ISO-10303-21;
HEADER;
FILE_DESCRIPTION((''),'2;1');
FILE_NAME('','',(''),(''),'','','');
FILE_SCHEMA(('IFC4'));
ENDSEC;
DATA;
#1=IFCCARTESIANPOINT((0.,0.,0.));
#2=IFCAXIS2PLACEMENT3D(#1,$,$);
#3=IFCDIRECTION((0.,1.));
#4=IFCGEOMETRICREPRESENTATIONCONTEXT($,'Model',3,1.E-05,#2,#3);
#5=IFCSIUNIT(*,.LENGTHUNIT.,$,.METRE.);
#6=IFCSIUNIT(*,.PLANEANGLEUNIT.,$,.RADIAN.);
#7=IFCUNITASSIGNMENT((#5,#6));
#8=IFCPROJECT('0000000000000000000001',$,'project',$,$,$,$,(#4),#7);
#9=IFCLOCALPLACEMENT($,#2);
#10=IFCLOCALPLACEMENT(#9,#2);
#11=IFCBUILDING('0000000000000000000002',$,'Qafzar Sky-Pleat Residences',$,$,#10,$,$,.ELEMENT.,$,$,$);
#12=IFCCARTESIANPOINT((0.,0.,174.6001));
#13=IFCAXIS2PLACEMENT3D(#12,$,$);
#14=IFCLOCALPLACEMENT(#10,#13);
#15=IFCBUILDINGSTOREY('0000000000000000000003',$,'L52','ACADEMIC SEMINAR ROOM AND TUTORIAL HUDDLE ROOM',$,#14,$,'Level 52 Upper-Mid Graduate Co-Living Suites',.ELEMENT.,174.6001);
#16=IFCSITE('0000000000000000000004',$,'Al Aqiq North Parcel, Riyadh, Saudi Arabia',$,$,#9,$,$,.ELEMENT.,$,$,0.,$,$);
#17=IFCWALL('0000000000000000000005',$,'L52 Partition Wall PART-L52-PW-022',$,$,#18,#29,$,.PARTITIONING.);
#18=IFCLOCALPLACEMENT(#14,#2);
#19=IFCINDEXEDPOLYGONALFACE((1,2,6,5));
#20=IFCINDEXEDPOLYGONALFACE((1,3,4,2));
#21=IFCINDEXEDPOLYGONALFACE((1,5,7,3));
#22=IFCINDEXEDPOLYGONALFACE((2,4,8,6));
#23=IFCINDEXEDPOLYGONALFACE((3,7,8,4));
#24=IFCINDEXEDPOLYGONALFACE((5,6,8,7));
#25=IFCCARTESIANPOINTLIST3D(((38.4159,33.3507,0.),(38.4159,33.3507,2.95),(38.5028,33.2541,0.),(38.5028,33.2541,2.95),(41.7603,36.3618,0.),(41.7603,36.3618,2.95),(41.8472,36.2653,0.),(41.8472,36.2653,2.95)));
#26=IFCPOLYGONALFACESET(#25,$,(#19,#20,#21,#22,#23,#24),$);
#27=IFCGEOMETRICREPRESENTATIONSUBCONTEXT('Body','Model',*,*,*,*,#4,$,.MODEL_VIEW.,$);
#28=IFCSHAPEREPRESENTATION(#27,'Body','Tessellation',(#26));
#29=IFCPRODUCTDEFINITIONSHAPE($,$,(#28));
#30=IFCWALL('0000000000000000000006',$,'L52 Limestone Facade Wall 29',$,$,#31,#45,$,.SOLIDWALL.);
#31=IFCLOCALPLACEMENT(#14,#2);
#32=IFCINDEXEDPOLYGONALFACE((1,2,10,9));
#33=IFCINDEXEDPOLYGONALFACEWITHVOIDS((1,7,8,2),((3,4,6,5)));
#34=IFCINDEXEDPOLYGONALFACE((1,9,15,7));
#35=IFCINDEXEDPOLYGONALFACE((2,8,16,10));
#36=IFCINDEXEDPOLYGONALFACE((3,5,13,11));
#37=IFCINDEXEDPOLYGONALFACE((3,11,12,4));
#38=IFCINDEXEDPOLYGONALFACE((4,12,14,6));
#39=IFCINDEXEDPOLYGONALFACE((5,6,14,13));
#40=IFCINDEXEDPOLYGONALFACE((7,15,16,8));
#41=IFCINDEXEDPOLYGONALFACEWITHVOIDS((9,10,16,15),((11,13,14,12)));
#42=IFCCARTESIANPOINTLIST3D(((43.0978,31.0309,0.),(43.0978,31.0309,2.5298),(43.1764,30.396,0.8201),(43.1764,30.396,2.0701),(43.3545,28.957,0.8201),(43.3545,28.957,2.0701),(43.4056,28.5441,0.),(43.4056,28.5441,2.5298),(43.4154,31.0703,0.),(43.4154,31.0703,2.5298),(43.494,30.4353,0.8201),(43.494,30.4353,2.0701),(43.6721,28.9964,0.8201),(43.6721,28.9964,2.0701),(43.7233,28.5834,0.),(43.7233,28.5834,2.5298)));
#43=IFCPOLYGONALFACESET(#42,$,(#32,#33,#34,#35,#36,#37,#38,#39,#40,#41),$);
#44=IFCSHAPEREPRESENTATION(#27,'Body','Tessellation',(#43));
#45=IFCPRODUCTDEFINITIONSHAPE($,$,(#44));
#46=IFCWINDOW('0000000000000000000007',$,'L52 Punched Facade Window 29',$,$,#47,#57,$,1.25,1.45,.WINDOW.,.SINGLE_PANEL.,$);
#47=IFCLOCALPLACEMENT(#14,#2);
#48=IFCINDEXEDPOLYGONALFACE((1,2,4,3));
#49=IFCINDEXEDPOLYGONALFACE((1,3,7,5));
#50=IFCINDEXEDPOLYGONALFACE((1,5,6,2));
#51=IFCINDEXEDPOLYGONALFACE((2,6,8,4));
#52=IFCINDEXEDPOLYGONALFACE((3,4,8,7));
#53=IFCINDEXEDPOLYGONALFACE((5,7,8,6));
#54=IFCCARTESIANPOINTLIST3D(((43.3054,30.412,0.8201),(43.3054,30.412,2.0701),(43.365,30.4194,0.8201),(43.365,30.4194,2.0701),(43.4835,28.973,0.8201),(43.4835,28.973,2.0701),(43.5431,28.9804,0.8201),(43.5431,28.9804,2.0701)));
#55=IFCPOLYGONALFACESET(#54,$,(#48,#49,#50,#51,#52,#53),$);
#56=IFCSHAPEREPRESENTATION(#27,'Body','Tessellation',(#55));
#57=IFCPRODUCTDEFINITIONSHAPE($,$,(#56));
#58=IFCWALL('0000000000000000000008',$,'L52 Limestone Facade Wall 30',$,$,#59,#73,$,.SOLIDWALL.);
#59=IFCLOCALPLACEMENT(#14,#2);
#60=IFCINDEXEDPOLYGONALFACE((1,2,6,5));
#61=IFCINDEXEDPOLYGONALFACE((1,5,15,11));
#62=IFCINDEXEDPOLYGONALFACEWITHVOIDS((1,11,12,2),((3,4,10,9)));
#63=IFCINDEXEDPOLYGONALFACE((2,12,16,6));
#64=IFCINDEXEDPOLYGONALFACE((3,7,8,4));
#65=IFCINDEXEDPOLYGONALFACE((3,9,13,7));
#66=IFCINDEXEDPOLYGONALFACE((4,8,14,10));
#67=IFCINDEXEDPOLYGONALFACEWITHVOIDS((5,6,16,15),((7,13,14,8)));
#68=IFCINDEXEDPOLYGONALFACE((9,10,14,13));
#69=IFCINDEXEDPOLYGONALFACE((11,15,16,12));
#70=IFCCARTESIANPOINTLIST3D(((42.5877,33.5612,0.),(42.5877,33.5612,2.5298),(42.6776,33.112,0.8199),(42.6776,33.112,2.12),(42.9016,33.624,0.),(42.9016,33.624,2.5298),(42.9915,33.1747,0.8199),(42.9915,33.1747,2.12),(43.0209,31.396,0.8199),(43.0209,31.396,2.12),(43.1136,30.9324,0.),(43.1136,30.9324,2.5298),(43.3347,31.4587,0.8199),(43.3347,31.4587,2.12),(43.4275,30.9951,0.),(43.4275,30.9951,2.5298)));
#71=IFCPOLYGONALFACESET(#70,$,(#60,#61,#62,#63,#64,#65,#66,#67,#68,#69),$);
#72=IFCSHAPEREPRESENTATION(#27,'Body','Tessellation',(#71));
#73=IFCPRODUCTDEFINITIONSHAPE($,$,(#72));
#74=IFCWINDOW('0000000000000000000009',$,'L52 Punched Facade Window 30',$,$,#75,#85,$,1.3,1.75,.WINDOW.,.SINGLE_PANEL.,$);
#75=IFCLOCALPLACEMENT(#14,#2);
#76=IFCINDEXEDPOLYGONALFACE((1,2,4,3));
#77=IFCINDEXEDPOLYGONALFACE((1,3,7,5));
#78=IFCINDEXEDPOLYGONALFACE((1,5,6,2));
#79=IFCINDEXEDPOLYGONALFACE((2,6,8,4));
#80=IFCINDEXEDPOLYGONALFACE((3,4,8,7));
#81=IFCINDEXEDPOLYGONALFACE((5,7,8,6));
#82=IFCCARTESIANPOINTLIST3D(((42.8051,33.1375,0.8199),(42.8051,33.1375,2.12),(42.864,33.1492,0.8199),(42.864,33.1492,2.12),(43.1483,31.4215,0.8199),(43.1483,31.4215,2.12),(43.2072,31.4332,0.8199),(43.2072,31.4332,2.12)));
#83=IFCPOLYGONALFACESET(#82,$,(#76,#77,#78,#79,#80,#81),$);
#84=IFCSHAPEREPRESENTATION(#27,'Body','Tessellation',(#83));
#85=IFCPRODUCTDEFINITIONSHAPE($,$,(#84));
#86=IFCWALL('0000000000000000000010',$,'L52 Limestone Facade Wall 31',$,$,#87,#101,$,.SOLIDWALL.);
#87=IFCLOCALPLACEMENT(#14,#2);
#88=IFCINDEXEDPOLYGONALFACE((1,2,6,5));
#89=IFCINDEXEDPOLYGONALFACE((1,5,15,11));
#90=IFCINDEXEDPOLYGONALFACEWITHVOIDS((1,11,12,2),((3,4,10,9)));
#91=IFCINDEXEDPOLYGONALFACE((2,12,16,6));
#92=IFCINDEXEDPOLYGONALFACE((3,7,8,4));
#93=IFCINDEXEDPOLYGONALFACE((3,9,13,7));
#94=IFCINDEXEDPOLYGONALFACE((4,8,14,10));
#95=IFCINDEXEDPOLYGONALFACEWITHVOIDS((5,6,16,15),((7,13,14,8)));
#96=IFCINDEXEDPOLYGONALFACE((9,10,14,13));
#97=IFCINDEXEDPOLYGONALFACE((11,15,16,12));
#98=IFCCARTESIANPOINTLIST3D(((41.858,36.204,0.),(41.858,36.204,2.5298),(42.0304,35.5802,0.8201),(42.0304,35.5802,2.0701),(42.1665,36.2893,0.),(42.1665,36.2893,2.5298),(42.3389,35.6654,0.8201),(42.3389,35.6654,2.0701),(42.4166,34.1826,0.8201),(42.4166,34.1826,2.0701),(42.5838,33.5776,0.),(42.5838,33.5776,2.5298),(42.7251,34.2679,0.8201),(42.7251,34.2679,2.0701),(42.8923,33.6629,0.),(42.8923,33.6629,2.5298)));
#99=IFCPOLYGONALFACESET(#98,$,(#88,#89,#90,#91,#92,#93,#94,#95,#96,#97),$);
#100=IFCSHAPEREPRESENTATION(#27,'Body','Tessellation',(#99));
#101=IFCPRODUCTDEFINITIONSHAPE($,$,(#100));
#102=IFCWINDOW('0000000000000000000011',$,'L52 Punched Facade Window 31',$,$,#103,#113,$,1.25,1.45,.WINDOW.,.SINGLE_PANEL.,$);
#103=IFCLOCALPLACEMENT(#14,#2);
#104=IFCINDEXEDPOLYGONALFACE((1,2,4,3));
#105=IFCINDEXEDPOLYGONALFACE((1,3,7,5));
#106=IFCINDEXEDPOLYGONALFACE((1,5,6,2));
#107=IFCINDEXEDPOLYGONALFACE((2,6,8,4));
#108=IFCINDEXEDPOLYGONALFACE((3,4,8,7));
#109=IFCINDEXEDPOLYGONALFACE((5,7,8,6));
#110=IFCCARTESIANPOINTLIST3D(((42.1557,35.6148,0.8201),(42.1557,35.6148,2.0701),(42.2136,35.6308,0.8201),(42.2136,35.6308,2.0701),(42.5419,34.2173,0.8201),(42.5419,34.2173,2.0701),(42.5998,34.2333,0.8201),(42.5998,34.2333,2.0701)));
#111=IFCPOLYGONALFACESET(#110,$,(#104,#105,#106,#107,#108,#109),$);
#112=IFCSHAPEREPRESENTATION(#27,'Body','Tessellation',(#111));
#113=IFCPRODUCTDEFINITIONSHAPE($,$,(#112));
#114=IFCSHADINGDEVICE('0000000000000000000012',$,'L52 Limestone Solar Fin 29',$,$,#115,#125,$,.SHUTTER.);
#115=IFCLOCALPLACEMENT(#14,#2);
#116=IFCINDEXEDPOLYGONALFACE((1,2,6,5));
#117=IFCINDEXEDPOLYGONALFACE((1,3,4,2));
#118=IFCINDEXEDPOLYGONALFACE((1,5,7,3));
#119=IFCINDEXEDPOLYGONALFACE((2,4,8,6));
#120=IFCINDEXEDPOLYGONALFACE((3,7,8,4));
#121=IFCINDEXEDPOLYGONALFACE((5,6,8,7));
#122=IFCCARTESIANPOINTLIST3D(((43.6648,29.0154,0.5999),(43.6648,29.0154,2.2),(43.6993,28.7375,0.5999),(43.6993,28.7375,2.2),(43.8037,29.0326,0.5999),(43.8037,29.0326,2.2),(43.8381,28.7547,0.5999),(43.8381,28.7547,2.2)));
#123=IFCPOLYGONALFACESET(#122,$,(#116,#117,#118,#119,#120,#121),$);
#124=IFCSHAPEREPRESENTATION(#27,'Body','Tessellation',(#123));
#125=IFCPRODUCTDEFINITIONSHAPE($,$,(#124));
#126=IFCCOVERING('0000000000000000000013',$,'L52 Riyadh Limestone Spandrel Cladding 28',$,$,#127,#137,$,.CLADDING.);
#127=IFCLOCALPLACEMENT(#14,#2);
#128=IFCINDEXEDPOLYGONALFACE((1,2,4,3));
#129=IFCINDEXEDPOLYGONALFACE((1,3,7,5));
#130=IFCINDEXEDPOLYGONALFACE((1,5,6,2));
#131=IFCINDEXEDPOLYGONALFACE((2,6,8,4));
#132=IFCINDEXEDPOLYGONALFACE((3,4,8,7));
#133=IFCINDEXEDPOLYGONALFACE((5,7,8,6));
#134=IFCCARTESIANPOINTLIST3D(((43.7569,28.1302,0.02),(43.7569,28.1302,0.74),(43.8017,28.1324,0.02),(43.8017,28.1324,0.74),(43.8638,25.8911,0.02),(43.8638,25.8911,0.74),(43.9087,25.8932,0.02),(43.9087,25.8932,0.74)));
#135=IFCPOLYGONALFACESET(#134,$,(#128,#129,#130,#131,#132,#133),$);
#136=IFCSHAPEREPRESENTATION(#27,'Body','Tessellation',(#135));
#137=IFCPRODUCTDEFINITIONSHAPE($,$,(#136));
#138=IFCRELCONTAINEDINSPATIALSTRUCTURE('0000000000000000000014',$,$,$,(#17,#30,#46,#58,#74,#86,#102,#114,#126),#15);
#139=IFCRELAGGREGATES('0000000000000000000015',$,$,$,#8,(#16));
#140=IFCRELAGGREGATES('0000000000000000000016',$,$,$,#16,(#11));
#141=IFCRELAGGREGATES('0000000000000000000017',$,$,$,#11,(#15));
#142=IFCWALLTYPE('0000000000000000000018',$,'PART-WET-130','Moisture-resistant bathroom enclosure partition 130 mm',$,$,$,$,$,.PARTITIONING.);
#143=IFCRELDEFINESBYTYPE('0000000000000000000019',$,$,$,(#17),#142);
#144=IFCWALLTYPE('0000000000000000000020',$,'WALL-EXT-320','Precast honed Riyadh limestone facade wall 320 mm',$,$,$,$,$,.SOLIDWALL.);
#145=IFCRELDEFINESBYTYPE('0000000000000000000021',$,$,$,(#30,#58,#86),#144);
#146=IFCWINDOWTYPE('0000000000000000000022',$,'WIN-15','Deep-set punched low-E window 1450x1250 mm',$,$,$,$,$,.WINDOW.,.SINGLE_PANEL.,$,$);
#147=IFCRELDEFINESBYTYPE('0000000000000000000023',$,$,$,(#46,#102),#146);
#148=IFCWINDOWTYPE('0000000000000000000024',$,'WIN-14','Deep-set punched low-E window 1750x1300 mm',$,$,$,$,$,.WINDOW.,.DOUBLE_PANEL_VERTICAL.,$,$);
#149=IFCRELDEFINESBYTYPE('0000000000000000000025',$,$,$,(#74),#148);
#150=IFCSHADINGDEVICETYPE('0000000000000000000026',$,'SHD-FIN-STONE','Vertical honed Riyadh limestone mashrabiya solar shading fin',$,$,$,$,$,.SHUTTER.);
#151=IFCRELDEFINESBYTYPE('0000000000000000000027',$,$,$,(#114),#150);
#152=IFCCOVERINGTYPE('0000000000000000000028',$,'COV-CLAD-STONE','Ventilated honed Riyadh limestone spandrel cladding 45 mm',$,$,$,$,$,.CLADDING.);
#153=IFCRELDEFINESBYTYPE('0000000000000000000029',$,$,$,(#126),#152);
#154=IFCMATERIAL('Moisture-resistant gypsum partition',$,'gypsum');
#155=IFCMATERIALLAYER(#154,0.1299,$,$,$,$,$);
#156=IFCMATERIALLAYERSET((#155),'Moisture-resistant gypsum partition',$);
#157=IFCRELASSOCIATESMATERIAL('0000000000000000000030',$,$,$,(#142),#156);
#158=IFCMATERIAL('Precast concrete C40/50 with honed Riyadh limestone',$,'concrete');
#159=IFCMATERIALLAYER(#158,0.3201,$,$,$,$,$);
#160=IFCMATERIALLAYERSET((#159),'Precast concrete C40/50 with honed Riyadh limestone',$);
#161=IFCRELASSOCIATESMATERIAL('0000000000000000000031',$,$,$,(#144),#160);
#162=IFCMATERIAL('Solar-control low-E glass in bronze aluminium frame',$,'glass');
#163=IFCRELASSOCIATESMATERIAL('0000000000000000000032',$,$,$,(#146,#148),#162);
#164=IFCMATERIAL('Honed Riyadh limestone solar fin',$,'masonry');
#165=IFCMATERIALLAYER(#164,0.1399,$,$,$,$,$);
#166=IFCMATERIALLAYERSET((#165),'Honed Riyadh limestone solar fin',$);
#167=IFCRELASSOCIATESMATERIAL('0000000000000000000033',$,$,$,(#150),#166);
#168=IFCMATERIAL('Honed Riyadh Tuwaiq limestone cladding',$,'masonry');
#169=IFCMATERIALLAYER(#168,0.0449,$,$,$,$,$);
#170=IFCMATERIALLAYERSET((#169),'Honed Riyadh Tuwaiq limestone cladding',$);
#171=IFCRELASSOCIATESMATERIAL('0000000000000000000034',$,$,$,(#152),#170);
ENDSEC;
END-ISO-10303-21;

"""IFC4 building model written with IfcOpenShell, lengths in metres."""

from ifc_helpers import new_model, si_unit, direction, frame, frame_2d, origin, origin_2d, place, context, subcontext, project, spatial, rectangle, extrude, source, transform, mapped, material, layer, layer_set, type_object, element, fill, save


model = new_model("IFC4")

# Units and contexts
model_context = context("Model", 3, precision=1e-05, world=origin(), true_north=direction((0.0, 1.0)))
body_context = subcontext(model_context, "Body", "Model", "MODEL_VIEW")
ifc_project = project(units=[si_unit("LENGTHUNIT", "METRE"), si_unit("PLANEANGLEUNIT", "RADIAN")], contexts=[model_context])

# Site, building, storey
site_placement = place(None, origin())
site = spatial("IfcSite", under=ifc_project, at=site_placement, Name="Al Aqiq North Parcel, Riyadh, Saudi Arabia", CompositionType="ELEMENT", RefElevation=0.0)
building_placement = place(site_placement, origin())
building = spatial("IfcBuilding", under=site, at=building_placement, Name="Qafzar Sky-Pleat Residences", CompositionType="ELEMENT")
storey_placement = place(building_placement, frame((0.0, 0.0, 174.6001)))
storey = spatial("IfcBuildingStorey", under=building, at=storey_placement, Name="L52", Description="ACADEMIC SEMINAR ROOM AND TUTORIAL HUDDLE ROOM", LongName="Level 52 Upper-Mid Graduate Co-Living Suites", CompositionType="ELEMENT", Elevation=174.6001)

# Wall
ifc_material_1 = material(Name="Moisture-resistant gypsum partition", Category="gypsum")
ifc_layer_1 = layer(ifc_material_1, 0.1299)
ifc_layer_set_1 = layer_set([ifc_layer_1], Name="Moisture-resistant gypsum partition")
wall_type_1 = type_object("IfcWallType", Name="PART-WET-130", Description="Moisture-resistant bathroom enclosure partition 130 mm", PredefinedType="PARTITIONING", material=ifc_layer_set_1)
wall_1_placement = place(storey_placement, frame((38.4595, 33.3025, 0.0), z_axis=(0.0, 0.0, 1.0), x_axis=(0.743162, 0.669112, 0.0)))
element("IfcWall", 1, at=wall_1_placement, inside=storey, type_object=wall_type_1, Name="L52 Partition Wall PART-L52-PW-022", PredefinedType="PARTITIONING", context=body_context, shape_type="SweptSolid", body=[
    extrude(rectangle(XDim=4.5002, YDim=0.1299, at=frame_2d((2.25, 0.0))), origin(), (0.0, 0.0, 1.0), 2.95),
])

# Walls, openings, windows
ifc_material_2 = material(Name="Precast concrete C40/50 with honed Riyadh limestone", Category="concrete")
ifc_layer_2 = layer(ifc_material_2, 0.3201)
ifc_layer_set_2 = layer_set([ifc_layer_2], Name="Precast concrete C40/50 with honed Riyadh limestone")
wall_type_2 = type_object("IfcWallType", Name="WALL-EXT-320", Description="Precast honed Riyadh limestone facade wall 320 mm", PredefinedType="SOLIDWALL", material=ifc_layer_set_2)
wall_2_placement = place(storey_placement, frame((43.5645, 28.5637, 0.0), z_axis=(0.0, 0.0, 1.0), x_axis=(-0.122859, 0.992424, 0.0)))
wall_2 = element("IfcWall", 2, at=wall_2_placement, inside=storey, type_object=wall_type_2, Name="L52 Limestone Facade Wall 29", PredefinedType="SOLIDWALL", context=body_context, shape_type="SweptSolid", body=[
    extrude(rectangle(XDim=2.5059, YDim=0.3201, at=frame_2d((1.2529, 0.0))), origin(), (0.0, 0.0, 1.0), 2.5298),
])
opening_1_placement = place(wall_2_placement, frame((0.416, 0.0, 0.8201)))
opening_1 = element("IfcOpeningElement", 3, at=opening_1_placement, cuts=wall_2, PredefinedType="OPENING", context=body_context, shape_type="SweptSolid", body=[
    extrude(rectangle(XDim=1.45, YDim=1.25, at=frame_2d((0.7251, 0.625))), frame((0.0, 0.1699, 0.0), z_axis=(0.0, -1.0, 0.0), x_axis=(1.0, 0.0, 0.0)), (0.0, 0.0, 1.0), 0.3401),
])
ifc_material_3 = material(Name="Solar-control low-E glass in bronze aluminium frame", Category="glass")
window_type_1 = type_object("IfcWindowType", Name="WIN-15", Description="Deep-set punched low-E window 1450x1250 mm", PartitioningType="SINGLE_PANEL", PredefinedType="WINDOW", material=ifc_material_3)
shared_shape_1 = source(origin(), body_context, "Body", "SweptSolid", [
    extrude(rectangle(XDim=1.45, YDim=1.25, at=frame_2d((0.7251, 0.625))), frame((0.0, 0.03, 0.0), z_axis=(0.0, -1.0, 0.0), x_axis=(1.0, 0.0, 0.0)), (0.0, 0.0, 1.0), 0.0601),
])
window_1_placement = place(opening_1_placement, origin())
window_1 = element("IfcWindow", 4, at=window_1_placement, inside=storey, type_object=window_type_1, Name="L52 Punched Facade Window 29", OverallHeight=1.25, OverallWidth=1.45, PartitioningType="SINGLE_PANEL", PredefinedType="WINDOW", context=body_context, shape_type="MappedRepresentation", body=[
    mapped(shared_shape_1, transform((0.0, 0.0, 0.0), x_axis=(1.0, 0.0, 0.0), y_axis=(0.0, 1.0, 0.0), z_axis=(0.0, 0.0, 1.0), scale=1.0)),
])
fill(opening_1, window_1)
wall_3_placement = place(storey_placement, frame((43.2705, 30.9639, 0.0), z_axis=(0.0, 0.0, 1.0), x_axis=(-0.196151, 0.980574, 0.0)))
wall_3 = element("IfcWall", 5, at=wall_3_placement, inside=storey, type_object=wall_type_2, Name="L52 Limestone Facade Wall 30", PredefinedType="SOLIDWALL", context=body_context, shape_type="SweptSolid", body=[
    extrude(rectangle(XDim=2.6809, YDim=0.3201, at=frame_2d((1.3403, 0.0))), origin(), (0.0, 0.0, 1.0), 2.5298),
])
opening_2_placement = place(wall_3_placement, frame((0.4727, 0.0, 0.8201)))
opening_2 = element("IfcOpeningElement", 6, at=opening_2_placement, cuts=wall_3, PredefinedType="OPENING", context=body_context, shape_type="SweptSolid", body=[
    extrude(rectangle(XDim=1.75, YDim=1.3, at=frame_2d((0.875, 0.6499))), frame((0.0, 0.1699, 0.0), z_axis=(0.0, -1.0, 0.0), x_axis=(1.0, 0.0, 0.0)), (0.0, 0.0, 1.0), 0.3401),
])
window_type_2 = type_object("IfcWindowType", Name="WIN-14", Description="Deep-set punched low-E window 1750x1300 mm", PartitioningType="DOUBLE_PANEL_VERTICAL", PredefinedType="WINDOW", material=ifc_material_3)
shared_shape_2 = source(origin(), body_context, "Body", "SweptSolid", [
    extrude(rectangle(XDim=1.75, YDim=1.3, at=frame_2d((0.875, 0.6499))), frame((0.0, 0.03, 0.0), z_axis=(0.0, -1.0, 0.0), x_axis=(1.0, 0.0, 0.0)), (0.0, 0.0, 1.0), 0.0601),
])
window_2_placement = place(opening_2_placement, origin())
window_2 = element("IfcWindow", 7, at=window_2_placement, inside=storey, type_object=window_type_2, Name="L52 Punched Facade Window 30", OverallHeight=1.3, OverallWidth=1.75, PartitioningType="SINGLE_PANEL", PredefinedType="WINDOW", context=body_context, shape_type="MappedRepresentation", body=[
    mapped(shared_shape_2, transform((0.0, 0.0, 0.0), x_axis=(1.0, 0.0, 0.0), y_axis=(0.0, 1.0, 0.0), z_axis=(0.0, 0.0, 1.0), scale=1.0)),
])
fill(opening_2, window_2)
wall_4_placement = place(storey_placement, frame((42.738, 33.6204, 0.0), z_axis=(0.0, 0.0, 1.0), x_axis=(-0.266368, 0.963871, 0.0)))
wall_4 = element("IfcWall", 8, at=wall_4_placement, inside=storey, type_object=wall_type_2, Name="L52 Limestone Facade Wall 31", PredefinedType="SOLIDWALL", context=body_context, shape_type="SweptSolid", body=[
    extrude(rectangle(XDim=2.7249, YDim=0.3201, at=frame_2d((1.3623, 0.0))), origin(), (0.0, 0.0, 1.0), 2.5298),
])
opening_3_placement = place(wall_4_placement, frame((0.6274, 0.0, 0.8201)))
opening_3 = element("IfcOpeningElement", 9, at=opening_3_placement, cuts=wall_4, PredefinedType="OPENING", context=body_context, shape_type="SweptSolid", body=[
    extrude(rectangle(XDim=1.45, YDim=1.25, at=frame_2d((0.7251, 0.625))), frame((0.0, 0.1699, 0.0), z_axis=(0.0, -1.0, 0.0), x_axis=(1.0, 0.0, 0.0)), (0.0, 0.0, 1.0), 0.3401),
])
window_3_placement = place(opening_3_placement, origin())
window_3 = element("IfcWindow", 10, at=window_3_placement, inside=storey, type_object=window_type_1, Name="L52 Punched Facade Window 31", OverallHeight=1.25, OverallWidth=1.45, PartitioningType="SINGLE_PANEL", PredefinedType="WINDOW", context=body_context, shape_type="MappedRepresentation", body=[
    mapped(shared_shape_1, transform((0.0, 0.0, 0.0), x_axis=(1.0, 0.0, 0.0), y_axis=(0.0, 1.0, 0.0), z_axis=(0.0, 0.0, 1.0), scale=1.0)),
])
fill(opening_3, window_3)

# Shading device
ifc_material_4 = material(Name="Honed Riyadh limestone solar fin", Category="masonry")
ifc_layer_3 = layer(ifc_material_4, 0.1399)
ifc_layer_set_3 = layer_set([ifc_layer_3], Name="Honed Riyadh limestone solar fin")
shading_device_type = type_object("IfcShadingDeviceType", Name="SHD-FIN-STONE", Description="Vertical honed Riyadh limestone mashrabiya solar shading fin", PredefinedType="SHUTTER", material=ifc_layer_set_3)
shared_shape_3 = source(origin(), body_context, "Body", "SweptSolid", [
    extrude(rectangle(XDim=0.1399, YDim=0.28, at=origin_2d()), origin(), (0.0, 0.0, 1.0), 1.6001),
])
shading_device_placement = place(storey_placement, frame((43.7515, 28.885, 0.5999), z_axis=(0.0, 0.0, 1.0), x_axis=(0.992419, 0.122903, 0.0)))
element("IfcShadingDevice", 11, at=shading_device_placement, inside=storey, type_object=shading_device_type, Name="L52 Limestone Solar Fin 29", PredefinedType="SHUTTER", context=body_context, shape_type="MappedRepresentation", body=[
    mapped(shared_shape_3, transform((0.0, 0.0, 0.0), x_axis=(1.0, 0.0, 0.0), y_axis=(0.0, 1.0, 0.0), z_axis=(0.0, 0.0, 1.0), scale=1.0)),
])

# Covering
ifc_material_5 = material(Name="Honed Riyadh Tuwaiq limestone cladding", Category="masonry")
ifc_layer_4 = layer(ifc_material_5, 0.0449)
ifc_layer_set_4 = layer_set([ifc_layer_4], Name="Honed Riyadh Tuwaiq limestone cladding")
covering_type = type_object("IfcCoveringType", Name="COV-CLAD-STONE", Description="Ventilated honed Riyadh limestone spandrel cladding 45 mm", PredefinedType="CLADDING", material=ifc_layer_set_4)
shared_shape_4 = source(origin(), body_context, "Body", "SweptSolid", [
    extrude(rectangle(XDim=2.2417, YDim=0.0449, at=origin_2d()), origin(), (0.0, 0.0, 1.0), 0.72),
])
covering_placement = place(storey_placement, frame((43.8328, 27.0117, 0.02), z_axis=(0.0, 0.0, 1.0), x_axis=(-0.047693, 0.998862, 0.0)))
element("IfcCovering", 12, at=covering_placement, inside=storey, type_object=covering_type, Name="L52 Riyadh Limestone Spandrel Cladding 28", PredefinedType="CLADDING", context=body_context, shape_type="MappedRepresentation", body=[
    mapped(shared_shape_4, transform((0.0, 0.0, 0.0), x_axis=(1.0, 0.0, 0.0), y_axis=(0.0, 1.0, 0.0), z_axis=(0.0, 0.0, 1.0), scale=1.0)),
])

save(model, "model.ifc")
